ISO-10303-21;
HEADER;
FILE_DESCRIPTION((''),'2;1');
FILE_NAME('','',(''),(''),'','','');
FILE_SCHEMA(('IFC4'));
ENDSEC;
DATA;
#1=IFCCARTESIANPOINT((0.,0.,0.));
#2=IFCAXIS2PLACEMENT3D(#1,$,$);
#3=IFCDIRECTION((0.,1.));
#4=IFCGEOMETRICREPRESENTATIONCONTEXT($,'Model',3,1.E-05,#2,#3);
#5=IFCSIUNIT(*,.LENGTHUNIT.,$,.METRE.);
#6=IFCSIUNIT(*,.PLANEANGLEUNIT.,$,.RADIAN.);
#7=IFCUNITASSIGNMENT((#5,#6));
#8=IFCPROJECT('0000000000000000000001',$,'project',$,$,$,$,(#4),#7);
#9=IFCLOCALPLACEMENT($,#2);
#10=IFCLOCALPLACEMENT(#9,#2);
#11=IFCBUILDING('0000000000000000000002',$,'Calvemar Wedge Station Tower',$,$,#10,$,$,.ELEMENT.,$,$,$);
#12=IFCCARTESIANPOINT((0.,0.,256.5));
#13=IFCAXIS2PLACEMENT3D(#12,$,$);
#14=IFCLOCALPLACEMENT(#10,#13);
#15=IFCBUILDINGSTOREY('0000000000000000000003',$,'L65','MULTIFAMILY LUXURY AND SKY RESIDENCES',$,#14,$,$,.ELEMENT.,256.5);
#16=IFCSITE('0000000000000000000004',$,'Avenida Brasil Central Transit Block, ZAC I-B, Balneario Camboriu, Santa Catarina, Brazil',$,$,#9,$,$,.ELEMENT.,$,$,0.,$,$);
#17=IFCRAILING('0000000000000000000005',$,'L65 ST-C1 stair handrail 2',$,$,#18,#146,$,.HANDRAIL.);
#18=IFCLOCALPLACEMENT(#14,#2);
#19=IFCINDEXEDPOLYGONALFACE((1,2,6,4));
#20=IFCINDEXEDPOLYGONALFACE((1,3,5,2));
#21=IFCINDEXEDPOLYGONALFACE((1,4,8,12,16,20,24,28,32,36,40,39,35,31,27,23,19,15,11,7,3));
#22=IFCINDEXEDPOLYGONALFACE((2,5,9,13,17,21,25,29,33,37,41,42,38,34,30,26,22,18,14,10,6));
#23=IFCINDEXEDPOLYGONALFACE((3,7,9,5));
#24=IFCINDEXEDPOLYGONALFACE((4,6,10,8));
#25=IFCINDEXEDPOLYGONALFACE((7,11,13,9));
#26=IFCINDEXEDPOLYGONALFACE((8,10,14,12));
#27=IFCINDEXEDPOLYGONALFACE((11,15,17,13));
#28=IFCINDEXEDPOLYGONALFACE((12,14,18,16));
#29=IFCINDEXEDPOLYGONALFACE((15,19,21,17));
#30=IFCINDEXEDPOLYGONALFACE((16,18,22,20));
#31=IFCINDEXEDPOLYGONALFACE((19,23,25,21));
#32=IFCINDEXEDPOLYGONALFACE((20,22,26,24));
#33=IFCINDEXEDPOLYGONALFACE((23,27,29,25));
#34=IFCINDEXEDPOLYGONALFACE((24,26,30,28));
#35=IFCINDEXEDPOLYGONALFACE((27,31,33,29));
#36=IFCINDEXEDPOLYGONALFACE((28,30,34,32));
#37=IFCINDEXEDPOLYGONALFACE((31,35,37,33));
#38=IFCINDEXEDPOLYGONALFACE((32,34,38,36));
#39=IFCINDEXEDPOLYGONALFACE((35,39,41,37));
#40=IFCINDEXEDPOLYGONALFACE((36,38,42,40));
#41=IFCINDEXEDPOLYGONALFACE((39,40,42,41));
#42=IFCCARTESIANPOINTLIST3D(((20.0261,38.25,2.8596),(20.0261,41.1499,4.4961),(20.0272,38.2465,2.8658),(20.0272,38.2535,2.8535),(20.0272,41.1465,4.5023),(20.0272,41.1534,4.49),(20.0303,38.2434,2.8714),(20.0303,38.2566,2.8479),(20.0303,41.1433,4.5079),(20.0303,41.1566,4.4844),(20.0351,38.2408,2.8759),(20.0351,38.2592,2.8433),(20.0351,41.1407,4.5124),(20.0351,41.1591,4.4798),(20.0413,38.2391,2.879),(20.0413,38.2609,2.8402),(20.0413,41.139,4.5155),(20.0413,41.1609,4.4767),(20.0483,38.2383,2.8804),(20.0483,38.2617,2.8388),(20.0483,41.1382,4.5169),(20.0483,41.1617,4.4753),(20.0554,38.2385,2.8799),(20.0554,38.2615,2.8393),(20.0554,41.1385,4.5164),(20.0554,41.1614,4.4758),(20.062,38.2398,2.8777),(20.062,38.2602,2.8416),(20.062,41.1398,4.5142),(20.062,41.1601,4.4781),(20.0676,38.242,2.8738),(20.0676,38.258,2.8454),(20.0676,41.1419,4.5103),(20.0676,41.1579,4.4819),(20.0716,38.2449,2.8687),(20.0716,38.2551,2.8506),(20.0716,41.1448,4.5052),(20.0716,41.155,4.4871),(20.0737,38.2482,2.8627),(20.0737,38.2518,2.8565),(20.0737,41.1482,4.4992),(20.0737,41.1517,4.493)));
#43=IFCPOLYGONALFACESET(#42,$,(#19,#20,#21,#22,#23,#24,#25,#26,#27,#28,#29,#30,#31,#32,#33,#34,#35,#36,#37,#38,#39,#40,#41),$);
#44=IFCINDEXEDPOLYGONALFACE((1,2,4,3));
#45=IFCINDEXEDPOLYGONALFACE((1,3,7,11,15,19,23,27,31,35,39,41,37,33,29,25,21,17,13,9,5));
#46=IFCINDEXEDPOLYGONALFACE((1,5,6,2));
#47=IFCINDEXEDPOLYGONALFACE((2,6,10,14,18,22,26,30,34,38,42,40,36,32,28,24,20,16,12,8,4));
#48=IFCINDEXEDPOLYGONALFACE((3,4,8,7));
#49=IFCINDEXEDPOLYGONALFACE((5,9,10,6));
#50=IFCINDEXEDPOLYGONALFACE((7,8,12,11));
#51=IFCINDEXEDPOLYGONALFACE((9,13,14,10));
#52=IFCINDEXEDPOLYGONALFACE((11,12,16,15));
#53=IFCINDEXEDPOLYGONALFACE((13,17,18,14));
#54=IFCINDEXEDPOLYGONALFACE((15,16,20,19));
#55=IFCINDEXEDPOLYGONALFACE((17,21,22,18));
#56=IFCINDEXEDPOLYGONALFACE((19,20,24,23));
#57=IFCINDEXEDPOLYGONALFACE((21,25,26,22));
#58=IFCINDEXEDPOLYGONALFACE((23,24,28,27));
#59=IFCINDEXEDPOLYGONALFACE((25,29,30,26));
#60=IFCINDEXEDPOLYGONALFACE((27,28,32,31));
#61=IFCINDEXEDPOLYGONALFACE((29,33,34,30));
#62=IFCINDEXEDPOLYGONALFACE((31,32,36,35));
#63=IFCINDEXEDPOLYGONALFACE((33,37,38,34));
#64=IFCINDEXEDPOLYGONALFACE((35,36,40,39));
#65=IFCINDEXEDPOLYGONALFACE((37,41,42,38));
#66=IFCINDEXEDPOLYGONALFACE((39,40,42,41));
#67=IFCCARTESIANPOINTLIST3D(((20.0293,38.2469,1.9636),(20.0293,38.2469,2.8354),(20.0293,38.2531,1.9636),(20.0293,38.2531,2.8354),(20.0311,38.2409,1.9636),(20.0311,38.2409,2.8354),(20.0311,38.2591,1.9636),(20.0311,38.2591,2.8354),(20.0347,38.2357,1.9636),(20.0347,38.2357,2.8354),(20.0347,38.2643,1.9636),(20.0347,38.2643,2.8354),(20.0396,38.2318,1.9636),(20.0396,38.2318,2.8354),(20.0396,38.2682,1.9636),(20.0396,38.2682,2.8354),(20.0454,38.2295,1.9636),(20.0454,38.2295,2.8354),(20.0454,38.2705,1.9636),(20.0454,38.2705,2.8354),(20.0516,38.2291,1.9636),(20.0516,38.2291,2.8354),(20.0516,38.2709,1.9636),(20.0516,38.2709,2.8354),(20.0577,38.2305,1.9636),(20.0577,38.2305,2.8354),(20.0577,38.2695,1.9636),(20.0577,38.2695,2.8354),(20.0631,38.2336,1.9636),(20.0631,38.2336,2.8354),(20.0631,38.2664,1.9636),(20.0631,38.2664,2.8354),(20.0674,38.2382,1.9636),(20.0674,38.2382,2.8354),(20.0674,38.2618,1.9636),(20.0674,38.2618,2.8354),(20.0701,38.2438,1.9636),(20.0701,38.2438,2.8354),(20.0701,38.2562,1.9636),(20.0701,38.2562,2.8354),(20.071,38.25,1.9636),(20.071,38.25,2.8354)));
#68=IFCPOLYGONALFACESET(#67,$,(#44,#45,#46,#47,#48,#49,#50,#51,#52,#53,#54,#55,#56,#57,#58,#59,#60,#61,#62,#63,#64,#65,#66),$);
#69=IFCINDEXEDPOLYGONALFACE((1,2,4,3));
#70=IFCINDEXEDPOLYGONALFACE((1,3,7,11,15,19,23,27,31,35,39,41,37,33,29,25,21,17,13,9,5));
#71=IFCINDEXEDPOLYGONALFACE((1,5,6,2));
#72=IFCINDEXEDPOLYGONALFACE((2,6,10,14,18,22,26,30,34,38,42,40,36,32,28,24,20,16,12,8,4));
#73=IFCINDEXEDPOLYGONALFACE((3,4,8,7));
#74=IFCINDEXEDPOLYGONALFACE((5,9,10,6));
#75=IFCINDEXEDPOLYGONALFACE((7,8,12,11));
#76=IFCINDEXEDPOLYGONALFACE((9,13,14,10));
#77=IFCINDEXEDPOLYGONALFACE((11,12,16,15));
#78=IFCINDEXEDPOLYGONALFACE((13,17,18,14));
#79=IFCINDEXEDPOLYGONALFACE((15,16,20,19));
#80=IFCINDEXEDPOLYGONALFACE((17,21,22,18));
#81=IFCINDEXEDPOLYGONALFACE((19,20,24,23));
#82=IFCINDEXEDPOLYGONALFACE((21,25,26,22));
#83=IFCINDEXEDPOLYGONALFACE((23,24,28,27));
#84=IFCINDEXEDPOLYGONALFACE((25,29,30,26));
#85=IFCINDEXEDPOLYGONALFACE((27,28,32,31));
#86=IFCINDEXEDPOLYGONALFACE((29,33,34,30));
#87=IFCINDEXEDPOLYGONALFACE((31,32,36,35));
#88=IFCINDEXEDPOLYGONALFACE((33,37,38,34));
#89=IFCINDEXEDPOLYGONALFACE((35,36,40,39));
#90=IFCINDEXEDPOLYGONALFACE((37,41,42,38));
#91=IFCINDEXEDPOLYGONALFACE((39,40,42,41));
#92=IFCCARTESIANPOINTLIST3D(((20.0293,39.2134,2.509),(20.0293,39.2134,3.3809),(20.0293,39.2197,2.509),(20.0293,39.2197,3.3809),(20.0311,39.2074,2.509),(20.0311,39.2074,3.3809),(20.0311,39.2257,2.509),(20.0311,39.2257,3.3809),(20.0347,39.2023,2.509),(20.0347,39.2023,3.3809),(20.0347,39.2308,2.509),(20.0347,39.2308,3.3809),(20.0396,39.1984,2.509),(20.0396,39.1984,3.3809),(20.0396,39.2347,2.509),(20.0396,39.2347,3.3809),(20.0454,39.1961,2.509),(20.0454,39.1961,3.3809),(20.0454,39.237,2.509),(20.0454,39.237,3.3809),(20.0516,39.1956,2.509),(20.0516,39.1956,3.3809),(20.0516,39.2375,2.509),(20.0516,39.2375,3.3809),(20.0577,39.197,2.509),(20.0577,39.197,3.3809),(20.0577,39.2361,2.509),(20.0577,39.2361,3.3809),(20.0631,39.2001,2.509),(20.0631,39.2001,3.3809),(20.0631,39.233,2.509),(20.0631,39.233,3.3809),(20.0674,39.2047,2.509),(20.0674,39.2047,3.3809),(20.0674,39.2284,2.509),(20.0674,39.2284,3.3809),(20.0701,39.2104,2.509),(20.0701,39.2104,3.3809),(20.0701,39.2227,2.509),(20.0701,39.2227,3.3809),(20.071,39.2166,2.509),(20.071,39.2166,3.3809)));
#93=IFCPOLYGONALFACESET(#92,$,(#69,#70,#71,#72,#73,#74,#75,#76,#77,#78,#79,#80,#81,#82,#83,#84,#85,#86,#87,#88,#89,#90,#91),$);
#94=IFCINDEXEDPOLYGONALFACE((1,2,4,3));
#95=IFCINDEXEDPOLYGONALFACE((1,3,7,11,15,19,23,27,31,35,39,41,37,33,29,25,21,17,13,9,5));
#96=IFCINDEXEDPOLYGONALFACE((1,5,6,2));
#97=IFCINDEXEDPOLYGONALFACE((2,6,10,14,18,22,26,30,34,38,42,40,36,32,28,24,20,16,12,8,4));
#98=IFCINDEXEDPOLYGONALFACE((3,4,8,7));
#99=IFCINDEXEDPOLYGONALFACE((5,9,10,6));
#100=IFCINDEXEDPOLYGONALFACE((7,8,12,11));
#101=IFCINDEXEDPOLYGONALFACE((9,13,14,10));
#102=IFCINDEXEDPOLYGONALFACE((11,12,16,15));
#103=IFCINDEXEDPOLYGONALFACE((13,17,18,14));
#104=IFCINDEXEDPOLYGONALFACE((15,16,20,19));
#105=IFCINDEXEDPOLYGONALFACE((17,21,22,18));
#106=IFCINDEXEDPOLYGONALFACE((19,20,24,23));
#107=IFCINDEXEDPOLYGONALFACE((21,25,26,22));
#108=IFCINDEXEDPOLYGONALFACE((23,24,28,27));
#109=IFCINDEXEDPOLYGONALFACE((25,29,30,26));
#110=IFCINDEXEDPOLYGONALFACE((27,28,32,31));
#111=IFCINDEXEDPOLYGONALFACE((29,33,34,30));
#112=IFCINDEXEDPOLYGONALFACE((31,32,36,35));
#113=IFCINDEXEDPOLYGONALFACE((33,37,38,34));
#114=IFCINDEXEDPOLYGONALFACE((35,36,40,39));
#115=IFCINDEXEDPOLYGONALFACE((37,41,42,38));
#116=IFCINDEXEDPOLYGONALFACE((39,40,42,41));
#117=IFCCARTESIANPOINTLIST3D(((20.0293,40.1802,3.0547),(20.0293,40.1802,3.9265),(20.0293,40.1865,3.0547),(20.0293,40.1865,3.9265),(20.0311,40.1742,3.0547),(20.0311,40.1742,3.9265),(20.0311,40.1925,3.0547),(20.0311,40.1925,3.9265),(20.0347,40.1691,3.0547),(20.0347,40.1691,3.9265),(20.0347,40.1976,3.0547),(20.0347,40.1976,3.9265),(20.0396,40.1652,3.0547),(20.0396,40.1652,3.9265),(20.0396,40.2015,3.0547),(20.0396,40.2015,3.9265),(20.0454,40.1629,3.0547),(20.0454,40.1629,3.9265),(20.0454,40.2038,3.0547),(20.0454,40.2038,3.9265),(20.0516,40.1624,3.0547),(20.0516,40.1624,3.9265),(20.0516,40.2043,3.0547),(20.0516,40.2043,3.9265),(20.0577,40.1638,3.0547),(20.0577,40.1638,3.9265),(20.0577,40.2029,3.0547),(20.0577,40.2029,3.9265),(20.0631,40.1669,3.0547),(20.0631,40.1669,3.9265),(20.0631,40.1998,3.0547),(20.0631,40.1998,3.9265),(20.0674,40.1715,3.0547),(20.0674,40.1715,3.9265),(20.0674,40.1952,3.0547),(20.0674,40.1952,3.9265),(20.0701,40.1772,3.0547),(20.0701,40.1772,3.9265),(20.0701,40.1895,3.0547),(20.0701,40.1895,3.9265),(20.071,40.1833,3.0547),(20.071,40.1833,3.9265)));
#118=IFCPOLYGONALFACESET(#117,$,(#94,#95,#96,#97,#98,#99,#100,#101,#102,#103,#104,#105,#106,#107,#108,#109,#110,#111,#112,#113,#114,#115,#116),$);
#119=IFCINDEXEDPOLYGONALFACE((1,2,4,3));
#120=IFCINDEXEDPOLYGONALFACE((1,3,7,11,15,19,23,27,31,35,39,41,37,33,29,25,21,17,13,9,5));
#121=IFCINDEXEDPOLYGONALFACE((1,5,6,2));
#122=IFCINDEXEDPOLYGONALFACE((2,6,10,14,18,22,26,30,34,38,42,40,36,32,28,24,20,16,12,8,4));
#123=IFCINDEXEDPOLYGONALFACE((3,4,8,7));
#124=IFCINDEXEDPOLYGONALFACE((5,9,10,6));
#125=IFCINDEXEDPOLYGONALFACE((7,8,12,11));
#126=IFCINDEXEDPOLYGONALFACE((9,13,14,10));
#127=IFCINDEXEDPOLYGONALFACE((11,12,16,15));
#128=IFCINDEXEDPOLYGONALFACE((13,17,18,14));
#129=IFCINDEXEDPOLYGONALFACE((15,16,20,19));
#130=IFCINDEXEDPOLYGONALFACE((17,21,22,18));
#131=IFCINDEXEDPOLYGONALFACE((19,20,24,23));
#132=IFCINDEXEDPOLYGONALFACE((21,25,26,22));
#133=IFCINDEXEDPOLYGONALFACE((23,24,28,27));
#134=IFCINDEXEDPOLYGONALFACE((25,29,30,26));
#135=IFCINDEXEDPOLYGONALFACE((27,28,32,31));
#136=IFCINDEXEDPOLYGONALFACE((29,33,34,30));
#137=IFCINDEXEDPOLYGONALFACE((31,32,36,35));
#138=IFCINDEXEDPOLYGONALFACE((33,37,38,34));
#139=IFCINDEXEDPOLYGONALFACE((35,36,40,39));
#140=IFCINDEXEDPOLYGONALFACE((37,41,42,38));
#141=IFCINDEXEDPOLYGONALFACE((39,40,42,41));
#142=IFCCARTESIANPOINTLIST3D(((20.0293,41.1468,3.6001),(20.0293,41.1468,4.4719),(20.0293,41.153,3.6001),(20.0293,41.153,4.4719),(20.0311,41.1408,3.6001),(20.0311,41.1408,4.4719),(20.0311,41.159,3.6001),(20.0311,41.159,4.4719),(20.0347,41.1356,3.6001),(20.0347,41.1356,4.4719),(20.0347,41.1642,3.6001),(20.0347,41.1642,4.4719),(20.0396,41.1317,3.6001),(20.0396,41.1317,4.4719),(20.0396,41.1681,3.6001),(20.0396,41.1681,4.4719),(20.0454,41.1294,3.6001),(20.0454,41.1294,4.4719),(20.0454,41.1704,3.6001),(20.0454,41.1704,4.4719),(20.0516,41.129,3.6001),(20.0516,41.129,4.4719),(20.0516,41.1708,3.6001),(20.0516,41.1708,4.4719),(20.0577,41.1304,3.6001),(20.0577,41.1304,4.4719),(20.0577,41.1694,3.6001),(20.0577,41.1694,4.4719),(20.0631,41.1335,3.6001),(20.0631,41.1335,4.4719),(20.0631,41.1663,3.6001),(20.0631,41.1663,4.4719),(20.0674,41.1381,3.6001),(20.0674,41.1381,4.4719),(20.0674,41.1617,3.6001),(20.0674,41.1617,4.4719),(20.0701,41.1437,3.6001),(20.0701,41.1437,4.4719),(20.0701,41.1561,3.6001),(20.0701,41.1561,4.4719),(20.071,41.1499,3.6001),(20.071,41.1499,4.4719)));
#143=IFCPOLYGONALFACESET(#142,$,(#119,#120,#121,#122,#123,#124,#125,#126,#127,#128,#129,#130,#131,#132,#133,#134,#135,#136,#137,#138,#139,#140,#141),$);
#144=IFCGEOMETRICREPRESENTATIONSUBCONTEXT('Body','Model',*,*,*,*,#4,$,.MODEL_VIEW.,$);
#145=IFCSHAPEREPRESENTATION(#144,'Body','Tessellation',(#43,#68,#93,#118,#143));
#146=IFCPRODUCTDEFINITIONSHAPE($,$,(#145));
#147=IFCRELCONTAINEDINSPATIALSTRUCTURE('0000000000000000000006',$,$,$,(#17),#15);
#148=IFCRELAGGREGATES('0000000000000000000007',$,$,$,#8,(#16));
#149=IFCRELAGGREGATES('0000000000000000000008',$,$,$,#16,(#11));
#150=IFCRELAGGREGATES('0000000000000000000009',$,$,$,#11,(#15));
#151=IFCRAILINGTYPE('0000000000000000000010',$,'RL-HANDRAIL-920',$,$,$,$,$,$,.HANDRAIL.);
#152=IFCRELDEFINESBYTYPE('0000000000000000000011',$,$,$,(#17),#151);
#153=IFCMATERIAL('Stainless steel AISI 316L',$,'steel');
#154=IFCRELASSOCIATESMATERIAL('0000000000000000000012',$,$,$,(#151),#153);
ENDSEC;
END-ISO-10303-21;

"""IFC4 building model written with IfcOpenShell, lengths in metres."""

from ifc_helpers import new_model, si_unit, direction, frame, origin, origin_2d, place, context, subcontext, project, spatial, circle, extrude, material, type_object, element, save


model = new_model("IFC4")

# Units and contexts
model_context = context("Model", 3, precision=1e-05, world=origin(), true_north=direction((0.0, 1.0)))
body_context = subcontext(model_context, "Body", "Model", "MODEL_VIEW")
ifc_project = project(units=[si_unit("LENGTHUNIT", "METRE"), si_unit("PLANEANGLEUNIT", "RADIAN")], contexts=[model_context])

# Site, building, storey
site_placement = place(None, origin())
site = spatial("IfcSite", under=ifc_project, at=site_placement, Name="Avenida Brasil Central Transit Block, ZAC I-B, Balneario Camboriu, Santa Catarina, Brazil", CompositionType="ELEMENT", RefElevation=0.0)
building_placement = place(site_placement, origin())
building = spatial("IfcBuilding", under=site, at=building_placement, Name="Calvemar Wedge Station Tower", CompositionType="ELEMENT")
storey_placement = place(building_placement, frame((0.0, 0.0, 256.5)))
storey = spatial("IfcBuildingStorey", under=building, at=storey_placement, Name="L65", Description="MULTIFAMILY LUXURY AND SKY RESIDENCES", CompositionType="ELEMENT", Elevation=256.5)

# Railing
ifc_material_1 = material(Name="Stainless steel AISI 316L", Category="steel")
railing_type_1 = type_object("IfcRailingType", Name="RL-HANDRAIL-920", PredefinedType="HANDRAIL", material=ifc_material_1)
railing_1_placement = place(storey_placement, frame((20.05, 38.25, 1.9636)))
element("IfcRailing", 1, at=railing_1_placement, inside=storey, type_object=railing_type_1, Name="L65 ST-C1 stair handrail 2", PredefinedType="HANDRAIL", context=body_context, shape_type="SweptSolid", body=[
    extrude(circle(Radius=0.0239, at=origin_2d()), frame((0.0, 0.0, 0.896), z_axis=(0.0, 0.870897, 0.491465), x_axis=(-1.0, 0.0, 0.0)), (0.0, 0.0, 1.0), 3.3298),
    extrude(circle(Radius=0.021, at=origin_2d()), origin(), (0.0, 0.0, 1.0), 0.8718),
    extrude(circle(Radius=0.021, at=origin_2d()), frame((0.0, 0.9666, 0.5454)), (0.0, 0.0, 1.0), 0.8718),
    extrude(circle(Radius=0.021, at=origin_2d()), frame((0.0, 1.9333, 1.0911)), (0.0, 0.0, 1.0), 0.8718),
    extrude(circle(Radius=0.021, at=origin_2d()), frame((0.0, 2.8999, 1.6365)), (0.0, 0.0, 1.0), 0.8718),
])

save(model, "model.ifc")
